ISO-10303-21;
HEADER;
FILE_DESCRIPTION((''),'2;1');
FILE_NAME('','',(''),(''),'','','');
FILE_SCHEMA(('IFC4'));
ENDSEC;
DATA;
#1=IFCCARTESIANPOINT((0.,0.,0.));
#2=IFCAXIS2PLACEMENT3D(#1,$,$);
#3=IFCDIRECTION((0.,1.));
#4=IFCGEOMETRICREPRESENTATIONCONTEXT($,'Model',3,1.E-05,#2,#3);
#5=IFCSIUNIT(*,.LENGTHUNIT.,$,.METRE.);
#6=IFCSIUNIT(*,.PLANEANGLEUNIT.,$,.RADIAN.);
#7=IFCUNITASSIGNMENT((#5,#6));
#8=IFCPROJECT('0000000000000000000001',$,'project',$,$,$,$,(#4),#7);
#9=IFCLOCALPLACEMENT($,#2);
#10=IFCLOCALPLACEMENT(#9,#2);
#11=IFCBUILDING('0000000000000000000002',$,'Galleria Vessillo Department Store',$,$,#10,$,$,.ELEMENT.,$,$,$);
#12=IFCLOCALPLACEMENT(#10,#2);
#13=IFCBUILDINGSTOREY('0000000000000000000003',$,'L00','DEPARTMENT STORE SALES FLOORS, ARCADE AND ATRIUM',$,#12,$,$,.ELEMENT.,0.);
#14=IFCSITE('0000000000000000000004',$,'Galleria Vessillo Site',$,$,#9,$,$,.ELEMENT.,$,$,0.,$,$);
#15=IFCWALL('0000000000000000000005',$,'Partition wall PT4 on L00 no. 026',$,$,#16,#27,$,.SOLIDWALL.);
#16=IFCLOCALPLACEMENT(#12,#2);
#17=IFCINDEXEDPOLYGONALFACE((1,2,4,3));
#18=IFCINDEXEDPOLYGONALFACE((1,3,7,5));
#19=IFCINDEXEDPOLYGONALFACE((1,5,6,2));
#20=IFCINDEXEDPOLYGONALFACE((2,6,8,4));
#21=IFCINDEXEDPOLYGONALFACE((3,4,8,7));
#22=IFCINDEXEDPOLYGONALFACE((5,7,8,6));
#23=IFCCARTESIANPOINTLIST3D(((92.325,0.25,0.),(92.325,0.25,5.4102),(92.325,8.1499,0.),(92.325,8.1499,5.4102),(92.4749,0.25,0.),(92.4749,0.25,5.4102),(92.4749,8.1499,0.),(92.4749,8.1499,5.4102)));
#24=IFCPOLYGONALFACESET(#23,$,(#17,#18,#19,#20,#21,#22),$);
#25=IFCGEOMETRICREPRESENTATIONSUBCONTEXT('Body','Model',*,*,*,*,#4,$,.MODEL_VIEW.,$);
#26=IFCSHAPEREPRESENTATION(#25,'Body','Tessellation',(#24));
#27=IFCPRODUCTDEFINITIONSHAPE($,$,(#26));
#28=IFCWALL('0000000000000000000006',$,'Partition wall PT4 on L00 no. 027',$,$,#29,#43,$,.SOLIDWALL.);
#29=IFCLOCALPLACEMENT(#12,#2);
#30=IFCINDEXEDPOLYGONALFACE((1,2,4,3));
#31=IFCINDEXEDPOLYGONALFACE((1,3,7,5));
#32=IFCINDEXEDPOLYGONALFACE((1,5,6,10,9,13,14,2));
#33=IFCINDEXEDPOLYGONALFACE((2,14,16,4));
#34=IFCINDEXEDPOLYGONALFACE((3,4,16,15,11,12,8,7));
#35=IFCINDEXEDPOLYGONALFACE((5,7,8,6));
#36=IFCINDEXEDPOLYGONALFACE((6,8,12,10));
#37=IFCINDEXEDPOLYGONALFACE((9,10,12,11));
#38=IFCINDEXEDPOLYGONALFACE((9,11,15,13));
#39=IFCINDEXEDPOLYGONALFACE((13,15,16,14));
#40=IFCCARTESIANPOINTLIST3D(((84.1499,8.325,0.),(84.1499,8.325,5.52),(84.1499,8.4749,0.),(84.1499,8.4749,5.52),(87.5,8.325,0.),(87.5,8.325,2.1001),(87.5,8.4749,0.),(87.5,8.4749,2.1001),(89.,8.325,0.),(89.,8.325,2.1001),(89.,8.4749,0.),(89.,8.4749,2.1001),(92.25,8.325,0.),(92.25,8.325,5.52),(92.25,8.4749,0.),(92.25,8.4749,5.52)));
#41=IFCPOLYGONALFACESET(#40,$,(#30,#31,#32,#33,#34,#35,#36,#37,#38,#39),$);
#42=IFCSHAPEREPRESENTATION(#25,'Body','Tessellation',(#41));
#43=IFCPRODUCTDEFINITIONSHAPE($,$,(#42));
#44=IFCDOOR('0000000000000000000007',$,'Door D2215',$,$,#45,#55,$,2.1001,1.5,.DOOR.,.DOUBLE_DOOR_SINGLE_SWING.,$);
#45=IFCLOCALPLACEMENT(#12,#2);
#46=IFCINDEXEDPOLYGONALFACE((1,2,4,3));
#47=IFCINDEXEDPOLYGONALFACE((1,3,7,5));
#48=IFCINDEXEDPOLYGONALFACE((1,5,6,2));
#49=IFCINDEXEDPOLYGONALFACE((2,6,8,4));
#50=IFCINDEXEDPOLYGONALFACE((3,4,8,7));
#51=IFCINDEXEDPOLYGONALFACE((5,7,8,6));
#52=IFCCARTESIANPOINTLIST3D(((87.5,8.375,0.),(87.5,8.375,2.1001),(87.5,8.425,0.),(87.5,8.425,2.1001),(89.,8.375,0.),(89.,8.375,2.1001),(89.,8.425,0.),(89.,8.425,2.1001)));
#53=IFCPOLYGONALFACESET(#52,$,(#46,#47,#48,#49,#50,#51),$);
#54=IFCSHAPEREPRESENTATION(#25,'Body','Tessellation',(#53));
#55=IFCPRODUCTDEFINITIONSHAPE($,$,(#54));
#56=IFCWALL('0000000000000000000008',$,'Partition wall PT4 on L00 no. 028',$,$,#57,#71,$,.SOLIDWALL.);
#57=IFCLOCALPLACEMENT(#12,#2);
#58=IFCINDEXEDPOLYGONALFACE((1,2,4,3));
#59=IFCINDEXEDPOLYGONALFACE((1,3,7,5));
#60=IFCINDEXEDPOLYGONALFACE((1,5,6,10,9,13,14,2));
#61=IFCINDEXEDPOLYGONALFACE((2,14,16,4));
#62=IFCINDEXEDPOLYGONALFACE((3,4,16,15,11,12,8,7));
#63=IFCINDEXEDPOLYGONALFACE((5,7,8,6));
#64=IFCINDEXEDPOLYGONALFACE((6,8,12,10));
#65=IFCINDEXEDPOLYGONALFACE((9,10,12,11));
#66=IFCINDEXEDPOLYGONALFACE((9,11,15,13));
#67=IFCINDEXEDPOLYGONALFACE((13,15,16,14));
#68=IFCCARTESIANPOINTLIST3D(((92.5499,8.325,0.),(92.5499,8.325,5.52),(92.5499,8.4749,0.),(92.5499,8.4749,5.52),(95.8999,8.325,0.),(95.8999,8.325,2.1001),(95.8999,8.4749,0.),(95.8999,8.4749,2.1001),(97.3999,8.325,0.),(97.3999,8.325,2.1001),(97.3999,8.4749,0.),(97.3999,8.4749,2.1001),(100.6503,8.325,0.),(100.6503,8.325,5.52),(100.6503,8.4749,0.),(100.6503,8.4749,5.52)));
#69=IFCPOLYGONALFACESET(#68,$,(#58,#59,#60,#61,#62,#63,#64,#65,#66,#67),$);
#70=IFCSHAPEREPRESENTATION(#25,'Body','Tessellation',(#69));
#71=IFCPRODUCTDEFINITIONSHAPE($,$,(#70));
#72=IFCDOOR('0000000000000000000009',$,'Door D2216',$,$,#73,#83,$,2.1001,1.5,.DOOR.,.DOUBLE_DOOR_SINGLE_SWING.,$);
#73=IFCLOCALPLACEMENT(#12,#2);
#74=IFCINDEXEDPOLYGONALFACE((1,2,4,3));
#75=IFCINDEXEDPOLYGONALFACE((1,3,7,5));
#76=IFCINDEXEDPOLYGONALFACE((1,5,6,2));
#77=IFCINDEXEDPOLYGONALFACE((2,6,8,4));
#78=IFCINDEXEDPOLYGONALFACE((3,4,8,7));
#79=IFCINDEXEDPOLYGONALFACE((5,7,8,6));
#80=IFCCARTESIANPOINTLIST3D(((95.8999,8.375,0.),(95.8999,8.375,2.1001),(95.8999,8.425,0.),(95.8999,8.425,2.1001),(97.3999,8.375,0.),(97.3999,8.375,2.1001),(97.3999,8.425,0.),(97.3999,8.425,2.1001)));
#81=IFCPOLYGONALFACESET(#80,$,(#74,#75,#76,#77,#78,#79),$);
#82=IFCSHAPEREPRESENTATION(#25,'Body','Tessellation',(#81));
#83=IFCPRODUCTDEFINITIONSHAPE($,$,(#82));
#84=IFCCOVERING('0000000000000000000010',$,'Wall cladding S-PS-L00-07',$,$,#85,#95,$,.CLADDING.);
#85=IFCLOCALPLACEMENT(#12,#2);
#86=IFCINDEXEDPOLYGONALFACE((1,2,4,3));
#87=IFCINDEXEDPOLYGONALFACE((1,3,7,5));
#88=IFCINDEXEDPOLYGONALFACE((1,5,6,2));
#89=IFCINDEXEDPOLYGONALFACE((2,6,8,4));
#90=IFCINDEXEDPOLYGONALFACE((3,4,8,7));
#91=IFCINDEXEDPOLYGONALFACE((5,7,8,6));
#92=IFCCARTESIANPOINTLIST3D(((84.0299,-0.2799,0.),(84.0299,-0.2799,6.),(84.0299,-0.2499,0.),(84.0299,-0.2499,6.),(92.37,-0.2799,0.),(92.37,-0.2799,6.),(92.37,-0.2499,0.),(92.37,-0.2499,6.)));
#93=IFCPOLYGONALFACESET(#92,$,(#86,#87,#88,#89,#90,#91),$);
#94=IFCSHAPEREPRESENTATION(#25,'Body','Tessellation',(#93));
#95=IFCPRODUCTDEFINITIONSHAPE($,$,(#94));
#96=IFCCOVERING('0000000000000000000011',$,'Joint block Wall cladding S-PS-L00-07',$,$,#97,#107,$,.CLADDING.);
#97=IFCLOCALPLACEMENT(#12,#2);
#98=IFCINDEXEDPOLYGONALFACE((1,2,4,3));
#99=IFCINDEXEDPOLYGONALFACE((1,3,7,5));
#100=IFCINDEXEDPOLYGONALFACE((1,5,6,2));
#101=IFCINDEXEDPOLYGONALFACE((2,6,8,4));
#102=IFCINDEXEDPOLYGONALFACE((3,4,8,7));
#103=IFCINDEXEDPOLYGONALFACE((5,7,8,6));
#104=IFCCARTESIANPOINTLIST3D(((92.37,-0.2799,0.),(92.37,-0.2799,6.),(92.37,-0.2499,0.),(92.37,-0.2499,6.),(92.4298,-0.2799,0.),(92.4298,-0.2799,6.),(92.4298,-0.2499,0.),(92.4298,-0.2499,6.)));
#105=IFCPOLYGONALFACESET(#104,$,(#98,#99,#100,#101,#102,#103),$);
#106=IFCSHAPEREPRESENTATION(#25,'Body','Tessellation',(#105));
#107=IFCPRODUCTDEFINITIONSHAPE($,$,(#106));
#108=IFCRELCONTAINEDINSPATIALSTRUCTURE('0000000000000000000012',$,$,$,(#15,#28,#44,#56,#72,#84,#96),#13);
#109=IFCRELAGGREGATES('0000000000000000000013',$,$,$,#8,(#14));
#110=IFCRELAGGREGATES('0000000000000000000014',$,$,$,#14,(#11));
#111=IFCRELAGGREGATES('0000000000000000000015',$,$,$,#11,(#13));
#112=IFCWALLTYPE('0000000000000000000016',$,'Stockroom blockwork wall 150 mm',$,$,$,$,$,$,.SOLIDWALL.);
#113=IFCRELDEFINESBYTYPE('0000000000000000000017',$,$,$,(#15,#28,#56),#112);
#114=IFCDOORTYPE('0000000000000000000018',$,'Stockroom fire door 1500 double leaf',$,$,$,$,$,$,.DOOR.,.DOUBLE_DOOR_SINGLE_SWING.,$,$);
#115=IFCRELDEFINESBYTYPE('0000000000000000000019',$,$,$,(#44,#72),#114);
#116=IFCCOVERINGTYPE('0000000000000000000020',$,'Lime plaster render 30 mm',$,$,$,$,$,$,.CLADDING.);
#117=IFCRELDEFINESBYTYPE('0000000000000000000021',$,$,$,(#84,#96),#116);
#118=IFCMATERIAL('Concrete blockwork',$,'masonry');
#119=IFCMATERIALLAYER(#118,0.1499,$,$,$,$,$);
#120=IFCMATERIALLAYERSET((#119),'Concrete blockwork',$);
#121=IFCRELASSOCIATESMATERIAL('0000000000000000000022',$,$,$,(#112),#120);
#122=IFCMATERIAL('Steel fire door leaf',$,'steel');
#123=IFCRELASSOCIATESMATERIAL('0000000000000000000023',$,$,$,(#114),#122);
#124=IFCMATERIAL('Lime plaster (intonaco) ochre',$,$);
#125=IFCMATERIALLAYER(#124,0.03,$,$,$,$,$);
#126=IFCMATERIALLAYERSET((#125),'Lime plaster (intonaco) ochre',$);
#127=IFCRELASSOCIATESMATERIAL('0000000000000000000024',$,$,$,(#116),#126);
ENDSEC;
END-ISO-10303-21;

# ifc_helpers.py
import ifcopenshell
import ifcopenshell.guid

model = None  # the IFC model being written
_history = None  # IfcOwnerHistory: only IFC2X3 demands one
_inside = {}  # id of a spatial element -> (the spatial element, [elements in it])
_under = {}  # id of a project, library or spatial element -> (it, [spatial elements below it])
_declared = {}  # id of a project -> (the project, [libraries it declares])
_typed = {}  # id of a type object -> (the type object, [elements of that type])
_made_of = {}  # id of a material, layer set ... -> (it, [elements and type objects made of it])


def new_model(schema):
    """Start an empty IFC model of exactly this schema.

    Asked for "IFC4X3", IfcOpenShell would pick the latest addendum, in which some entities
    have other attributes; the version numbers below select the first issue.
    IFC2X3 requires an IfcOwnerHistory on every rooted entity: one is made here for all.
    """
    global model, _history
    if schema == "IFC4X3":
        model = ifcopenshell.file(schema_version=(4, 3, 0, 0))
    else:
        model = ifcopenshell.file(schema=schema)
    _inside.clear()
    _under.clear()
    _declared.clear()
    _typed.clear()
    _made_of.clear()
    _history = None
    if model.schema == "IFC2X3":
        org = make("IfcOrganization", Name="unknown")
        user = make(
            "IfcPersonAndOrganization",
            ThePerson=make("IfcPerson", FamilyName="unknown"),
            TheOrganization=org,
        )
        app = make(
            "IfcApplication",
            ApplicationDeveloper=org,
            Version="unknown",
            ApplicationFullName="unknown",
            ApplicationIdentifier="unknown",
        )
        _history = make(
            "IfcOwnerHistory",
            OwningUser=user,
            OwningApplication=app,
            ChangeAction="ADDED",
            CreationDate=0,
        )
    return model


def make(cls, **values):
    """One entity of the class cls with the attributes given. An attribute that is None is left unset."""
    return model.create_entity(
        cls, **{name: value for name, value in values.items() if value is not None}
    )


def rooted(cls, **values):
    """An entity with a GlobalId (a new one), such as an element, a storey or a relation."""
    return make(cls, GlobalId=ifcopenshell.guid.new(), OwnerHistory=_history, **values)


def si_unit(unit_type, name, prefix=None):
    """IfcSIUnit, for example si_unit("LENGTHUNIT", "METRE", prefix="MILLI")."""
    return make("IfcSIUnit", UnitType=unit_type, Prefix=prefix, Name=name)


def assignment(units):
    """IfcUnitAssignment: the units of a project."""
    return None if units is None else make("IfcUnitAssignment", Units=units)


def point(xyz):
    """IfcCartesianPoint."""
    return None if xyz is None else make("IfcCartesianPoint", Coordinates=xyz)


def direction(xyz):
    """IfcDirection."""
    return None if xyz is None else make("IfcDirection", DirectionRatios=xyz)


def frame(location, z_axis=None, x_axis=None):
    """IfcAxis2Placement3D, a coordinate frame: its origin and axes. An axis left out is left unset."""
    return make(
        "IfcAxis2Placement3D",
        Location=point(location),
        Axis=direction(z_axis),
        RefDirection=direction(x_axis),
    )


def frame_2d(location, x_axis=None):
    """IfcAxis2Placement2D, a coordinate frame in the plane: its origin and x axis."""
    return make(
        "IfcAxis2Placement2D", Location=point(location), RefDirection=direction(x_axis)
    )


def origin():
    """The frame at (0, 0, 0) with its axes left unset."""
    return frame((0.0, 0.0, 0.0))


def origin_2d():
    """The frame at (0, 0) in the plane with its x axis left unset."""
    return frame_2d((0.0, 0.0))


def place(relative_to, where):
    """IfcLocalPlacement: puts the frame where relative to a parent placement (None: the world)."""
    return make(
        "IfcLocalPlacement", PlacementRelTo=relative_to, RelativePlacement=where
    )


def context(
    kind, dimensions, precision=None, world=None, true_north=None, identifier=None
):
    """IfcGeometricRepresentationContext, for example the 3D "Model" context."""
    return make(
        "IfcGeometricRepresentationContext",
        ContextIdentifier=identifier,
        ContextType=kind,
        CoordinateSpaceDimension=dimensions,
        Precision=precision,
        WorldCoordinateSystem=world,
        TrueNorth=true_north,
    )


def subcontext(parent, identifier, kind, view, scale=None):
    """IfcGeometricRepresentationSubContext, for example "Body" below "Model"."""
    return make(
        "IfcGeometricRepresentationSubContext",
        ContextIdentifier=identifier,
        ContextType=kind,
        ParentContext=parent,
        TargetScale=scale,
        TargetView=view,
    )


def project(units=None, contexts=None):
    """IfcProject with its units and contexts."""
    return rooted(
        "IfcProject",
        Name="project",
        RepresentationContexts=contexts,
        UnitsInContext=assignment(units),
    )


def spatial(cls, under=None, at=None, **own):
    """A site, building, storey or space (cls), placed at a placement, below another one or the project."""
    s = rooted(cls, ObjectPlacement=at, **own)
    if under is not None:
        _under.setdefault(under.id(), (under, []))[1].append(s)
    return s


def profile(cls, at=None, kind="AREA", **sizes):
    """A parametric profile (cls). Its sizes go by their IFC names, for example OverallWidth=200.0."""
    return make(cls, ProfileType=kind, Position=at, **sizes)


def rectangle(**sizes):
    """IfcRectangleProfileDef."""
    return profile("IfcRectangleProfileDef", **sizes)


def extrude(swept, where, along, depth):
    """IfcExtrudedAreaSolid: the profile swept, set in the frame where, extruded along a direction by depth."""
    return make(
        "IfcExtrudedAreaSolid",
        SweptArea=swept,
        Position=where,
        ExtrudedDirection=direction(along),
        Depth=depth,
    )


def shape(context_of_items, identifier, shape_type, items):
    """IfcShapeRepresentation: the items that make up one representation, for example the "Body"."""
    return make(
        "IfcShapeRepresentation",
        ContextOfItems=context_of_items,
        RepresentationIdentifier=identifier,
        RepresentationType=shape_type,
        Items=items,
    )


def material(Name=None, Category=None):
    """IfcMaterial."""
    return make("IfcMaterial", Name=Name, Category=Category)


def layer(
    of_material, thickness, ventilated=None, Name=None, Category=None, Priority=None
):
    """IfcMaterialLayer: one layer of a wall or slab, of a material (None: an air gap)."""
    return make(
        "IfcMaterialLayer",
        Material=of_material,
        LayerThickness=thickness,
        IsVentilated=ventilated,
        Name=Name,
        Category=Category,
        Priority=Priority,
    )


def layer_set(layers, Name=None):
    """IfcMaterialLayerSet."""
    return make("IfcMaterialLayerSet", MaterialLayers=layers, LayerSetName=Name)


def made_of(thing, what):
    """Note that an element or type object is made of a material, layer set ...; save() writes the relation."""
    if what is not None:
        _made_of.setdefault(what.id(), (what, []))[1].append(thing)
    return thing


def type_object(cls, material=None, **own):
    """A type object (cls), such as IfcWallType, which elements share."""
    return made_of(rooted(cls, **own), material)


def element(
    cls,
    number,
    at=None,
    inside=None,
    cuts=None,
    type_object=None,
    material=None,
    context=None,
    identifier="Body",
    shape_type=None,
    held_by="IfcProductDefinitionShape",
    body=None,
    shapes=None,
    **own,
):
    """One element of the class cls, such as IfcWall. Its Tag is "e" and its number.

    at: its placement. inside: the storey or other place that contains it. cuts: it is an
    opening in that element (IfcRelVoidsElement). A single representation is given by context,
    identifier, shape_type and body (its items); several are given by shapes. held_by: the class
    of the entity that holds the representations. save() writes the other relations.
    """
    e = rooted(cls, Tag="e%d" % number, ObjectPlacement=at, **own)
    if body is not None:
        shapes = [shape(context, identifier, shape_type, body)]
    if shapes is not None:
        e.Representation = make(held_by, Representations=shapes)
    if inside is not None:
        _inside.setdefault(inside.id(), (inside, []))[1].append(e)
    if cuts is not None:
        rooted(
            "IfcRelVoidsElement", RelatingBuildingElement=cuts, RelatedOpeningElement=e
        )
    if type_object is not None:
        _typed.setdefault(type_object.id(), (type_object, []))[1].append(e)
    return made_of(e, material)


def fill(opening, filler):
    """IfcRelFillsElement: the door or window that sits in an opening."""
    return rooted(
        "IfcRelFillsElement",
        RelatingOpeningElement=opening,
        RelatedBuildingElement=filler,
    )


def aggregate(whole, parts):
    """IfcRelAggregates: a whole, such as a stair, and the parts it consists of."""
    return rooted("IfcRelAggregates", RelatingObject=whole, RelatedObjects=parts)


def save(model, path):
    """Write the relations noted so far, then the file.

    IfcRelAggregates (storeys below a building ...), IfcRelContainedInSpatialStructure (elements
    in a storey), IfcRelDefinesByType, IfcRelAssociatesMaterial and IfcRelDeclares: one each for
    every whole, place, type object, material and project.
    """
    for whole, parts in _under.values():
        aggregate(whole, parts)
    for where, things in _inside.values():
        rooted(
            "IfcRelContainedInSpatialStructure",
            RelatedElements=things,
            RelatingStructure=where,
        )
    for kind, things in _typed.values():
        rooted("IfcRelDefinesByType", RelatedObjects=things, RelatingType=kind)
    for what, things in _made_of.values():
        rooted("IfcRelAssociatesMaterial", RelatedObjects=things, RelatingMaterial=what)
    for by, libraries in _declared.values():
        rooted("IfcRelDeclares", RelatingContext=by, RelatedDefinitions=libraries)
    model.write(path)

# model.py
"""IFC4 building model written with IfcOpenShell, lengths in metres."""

from ifc_helpers import new_model, si_unit, direction, frame, frame_2d, origin, origin_2d, place, context, subcontext, project, spatial, rectangle, extrude, material, layer, layer_set, type_object, element, fill, save


model = new_model("IFC4")

# Units and contexts
model_context = context("Model", 3, precision=1e-05, world=origin(), true_north=direction((0.0, 1.0)))
body_context = subcontext(model_context, "Body", "Model", "MODEL_VIEW")
ifc_project = project(units=[si_unit("LENGTHUNIT", "METRE"), si_unit("PLANEANGLEUNIT", "RADIAN")], contexts=[model_context])

# Site, building, storey
site_placement = place(None, origin())
site = spatial("IfcSite", under=ifc_project, at=site_placement, Name="Galleria Vessillo Site", CompositionType="ELEMENT", RefElevation=0.0)
building_placement = place(site_placement, origin())
building = spatial("IfcBuilding", under=site, at=building_placement, Name="Galleria Vessillo Department Store", CompositionType="ELEMENT")
storey_placement = place(building_placement, origin())
storey = spatial("IfcBuildingStorey", under=building, at=storey_placement, Name="L00", Description="DEPARTMENT STORE SALES FLOORS, ARCADE AND ATRIUM", CompositionType="ELEMENT", Elevation=0.0)

# Wall
ifc_material_1 = material(Name="Concrete blockwork", Category="masonry")
ifc_layer_1 = layer(ifc_material_1, 0.1499)
ifc_layer_set_1 = layer_set([ifc_layer_1], Name="Concrete blockwork")
wall_type_1 = type_object("IfcWallType", Name="Stockroom blockwork wall 150 mm", PredefinedType="SOLIDWALL", material=ifc_layer_set_1)
wall_1_placement = place(storey_placement, frame((92.3999, 0.25, 0.0), z_axis=(0.0, 0.0, 1.0), x_axis=(0.0, 1.0, 0.0)))
element("IfcWall", 1, at=wall_1_placement, inside=storey, type_object=wall_type_1, Name="Partition wall PT4 on L00 no. 026", PredefinedType="SOLIDWALL", context=body_context, shape_type="SweptSolid", body=[
    extrude(rectangle(XDim=7.8999, YDim=0.1499, at=frame_2d((3.95, 0.0))), origin(), (0.0, 0.0, 1.0), 5.4102),
])

# Walls, openings, doors
wall_2_placement = place(storey_placement, frame((84.1499, 8.3999, 0.0), z_axis=(0.0, 0.0, 1.0), x_axis=(1.0, 0.0, 0.0)))
wall_2 = element("IfcWall", 2, at=wall_2_placement, inside=storey, type_object=wall_type_1, Name="Partition wall PT4 on L00 no. 027", PredefinedType="SOLIDWALL", context=body_context, shape_type="SweptSolid", body=[
    extrude(rectangle(XDim=8.1001, YDim=0.1499, at=frame_2d((4.05, 0.0))), origin(), (0.0, 0.0, 1.0), 5.52),
])
opening_1_placement = place(wall_2_placement, frame((3.3501, 0.0, 0.0)))
opening_1 = element("IfcOpeningElement", 3, at=opening_1_placement, cuts=wall_2, PredefinedType="OPENING", context=body_context, shape_type="SweptSolid", body=[
    extrude(rectangle(XDim=1.5, YDim=2.1001, at=frame_2d((0.75, 1.05))), frame((0.0, 0.085, 0.0), z_axis=(0.0, -1.0, 0.0), x_axis=(1.0, 0.0, 0.0)), (0.0, 0.0, 1.0), 0.1699),
])
ifc_material_2 = material(Name="Steel fire door leaf", Category="steel")
door_type = type_object("IfcDoorType", Name="Stockroom fire door 1500 double leaf", OperationType="DOUBLE_DOOR_SINGLE_SWING", PredefinedType="DOOR", material=ifc_material_2)
door_1_placement = place(opening_1_placement, frame((1.5, 0.0, 0.0), z_axis=(0.0, 0.0, 1.0), x_axis=(-1.0, 0.0, 0.0)))
door_1 = element("IfcDoor", 4, at=door_1_placement, inside=storey, type_object=door_type, Name="Door D2215", OperationType="DOUBLE_DOOR_SINGLE_SWING", OverallHeight=2.1001, OverallWidth=1.5, PredefinedType="DOOR", context=body_context, shape_type="SweptSolid", body=[
    extrude(rectangle(XDim=1.5, YDim=2.1001, at=frame_2d((0.75, 1.05))), frame((0.0, 0.0249, 0.0), z_axis=(0.0, -1.0, 0.0), x_axis=(1.0, 0.0, 0.0)), (0.0, 0.0, 1.0), 0.05),
])
fill(opening_1, door_1)
wall_3_placement = place(storey_placement, frame((92.5498, 8.3999, 0.0), z_axis=(0.0, 0.0, 1.0), x_axis=(1.0, 0.0, 0.0)))
wall_3 = element("IfcWall", 5, at=wall_3_placement, inside=storey, type_object=wall_type_1, Name="Partition wall PT4 on L00 no. 028", PredefinedType="SOLIDWALL", context=body_context, shape_type="SweptSolid", body=[
    extrude(rectangle(XDim=8.1003, YDim=0.1499, at=frame_2d((4.0503, 0.0))), origin(), (0.0, 0.0, 1.0), 5.52),
])
opening_2_placement = place(wall_3_placement, frame((3.3501, 0.0, 0.0)))
opening_2 = element("IfcOpeningElement", 6, at=opening_2_placement, cuts=wall_3, PredefinedType="OPENING", context=body_context, shape_type="SweptSolid", body=[
    extrude(rectangle(XDim=1.5, YDim=2.1001, at=frame_2d((0.75, 1.05))), frame((0.0, 0.085, 0.0), z_axis=(0.0, -1.0, 0.0), x_axis=(1.0, 0.0, 0.0)), (0.0, 0.0, 1.0), 0.1699),
])
door_2_placement = place(opening_2_placement, frame((1.5, 0.0, 0.0), z_axis=(0.0, 0.0, 1.0), x_axis=(-1.0, 0.0, 0.0)))
door_2 = element("IfcDoor", 7, at=door_2_placement, inside=storey, type_object=door_type, Name="Door D2216", OperationType="DOUBLE_DOOR_SINGLE_SWING", OverallHeight=2.1001, OverallWidth=1.5, PredefinedType="DOOR", context=body_context, shape_type="SweptSolid", body=[
    extrude(rectangle(XDim=1.5, YDim=2.1001, at=frame_2d((0.75, 1.05))), frame((0.0, 0.0249, 0.0), z_axis=(0.0, -1.0, 0.0), x_axis=(1.0, 0.0, 0.0)), (0.0, 0.0, 1.0), 0.05),
])
fill(opening_2, door_2)

# Coverings
ifc_material_3 = material(Name="Lime plaster (intonaco) ochre")
ifc_layer_2 = layer(ifc_material_3, 0.03)
ifc_layer_set_2 = layer_set([ifc_layer_2], Name="Lime plaster (intonaco) ochre")
covering_type = type_object("IfcCoveringType", Name="Lime plaster render 30 mm", PredefinedType="CLADDING", material=ifc_layer_set_2)
covering_1_placement = place(storey_placement, frame((88.2, -0.2649, 0.0), z_axis=(0.0, 0.0, 1.0), x_axis=(1.0, 0.0, 0.0)))
element("IfcCovering", 8, at=covering_1_placement, inside=storey, type_object=covering_type, Name="Wall cladding S-PS-L00-07", PredefinedType="CLADDING", context=body_context, shape_type="SweptSolid", body=[
    extrude(rectangle(XDim=8.3401, YDim=0.03, at=origin_2d()), origin(), (0.0, 0.0, 1.0), 6.0),
])
covering_2_placement = place(storey_placement, frame((92.3999, -0.2649, 0.0), z_axis=(0.0, 0.0, 1.0), x_axis=(1.0, 0.0, 0.0)))
element("IfcCovering", 9, at=covering_2_placement, inside=storey, type_object=covering_type, Name="Joint block Wall cladding S-PS-L00-07", PredefinedType="CLADDING", context=body_context, shape_type="SweptSolid", body=[
    extrude(rectangle(XDim=0.0598, YDim=0.03, at=origin_2d()), origin(), (0.0, 0.0, 1.0), 6.0),
])

save(model, "model.ifc")
